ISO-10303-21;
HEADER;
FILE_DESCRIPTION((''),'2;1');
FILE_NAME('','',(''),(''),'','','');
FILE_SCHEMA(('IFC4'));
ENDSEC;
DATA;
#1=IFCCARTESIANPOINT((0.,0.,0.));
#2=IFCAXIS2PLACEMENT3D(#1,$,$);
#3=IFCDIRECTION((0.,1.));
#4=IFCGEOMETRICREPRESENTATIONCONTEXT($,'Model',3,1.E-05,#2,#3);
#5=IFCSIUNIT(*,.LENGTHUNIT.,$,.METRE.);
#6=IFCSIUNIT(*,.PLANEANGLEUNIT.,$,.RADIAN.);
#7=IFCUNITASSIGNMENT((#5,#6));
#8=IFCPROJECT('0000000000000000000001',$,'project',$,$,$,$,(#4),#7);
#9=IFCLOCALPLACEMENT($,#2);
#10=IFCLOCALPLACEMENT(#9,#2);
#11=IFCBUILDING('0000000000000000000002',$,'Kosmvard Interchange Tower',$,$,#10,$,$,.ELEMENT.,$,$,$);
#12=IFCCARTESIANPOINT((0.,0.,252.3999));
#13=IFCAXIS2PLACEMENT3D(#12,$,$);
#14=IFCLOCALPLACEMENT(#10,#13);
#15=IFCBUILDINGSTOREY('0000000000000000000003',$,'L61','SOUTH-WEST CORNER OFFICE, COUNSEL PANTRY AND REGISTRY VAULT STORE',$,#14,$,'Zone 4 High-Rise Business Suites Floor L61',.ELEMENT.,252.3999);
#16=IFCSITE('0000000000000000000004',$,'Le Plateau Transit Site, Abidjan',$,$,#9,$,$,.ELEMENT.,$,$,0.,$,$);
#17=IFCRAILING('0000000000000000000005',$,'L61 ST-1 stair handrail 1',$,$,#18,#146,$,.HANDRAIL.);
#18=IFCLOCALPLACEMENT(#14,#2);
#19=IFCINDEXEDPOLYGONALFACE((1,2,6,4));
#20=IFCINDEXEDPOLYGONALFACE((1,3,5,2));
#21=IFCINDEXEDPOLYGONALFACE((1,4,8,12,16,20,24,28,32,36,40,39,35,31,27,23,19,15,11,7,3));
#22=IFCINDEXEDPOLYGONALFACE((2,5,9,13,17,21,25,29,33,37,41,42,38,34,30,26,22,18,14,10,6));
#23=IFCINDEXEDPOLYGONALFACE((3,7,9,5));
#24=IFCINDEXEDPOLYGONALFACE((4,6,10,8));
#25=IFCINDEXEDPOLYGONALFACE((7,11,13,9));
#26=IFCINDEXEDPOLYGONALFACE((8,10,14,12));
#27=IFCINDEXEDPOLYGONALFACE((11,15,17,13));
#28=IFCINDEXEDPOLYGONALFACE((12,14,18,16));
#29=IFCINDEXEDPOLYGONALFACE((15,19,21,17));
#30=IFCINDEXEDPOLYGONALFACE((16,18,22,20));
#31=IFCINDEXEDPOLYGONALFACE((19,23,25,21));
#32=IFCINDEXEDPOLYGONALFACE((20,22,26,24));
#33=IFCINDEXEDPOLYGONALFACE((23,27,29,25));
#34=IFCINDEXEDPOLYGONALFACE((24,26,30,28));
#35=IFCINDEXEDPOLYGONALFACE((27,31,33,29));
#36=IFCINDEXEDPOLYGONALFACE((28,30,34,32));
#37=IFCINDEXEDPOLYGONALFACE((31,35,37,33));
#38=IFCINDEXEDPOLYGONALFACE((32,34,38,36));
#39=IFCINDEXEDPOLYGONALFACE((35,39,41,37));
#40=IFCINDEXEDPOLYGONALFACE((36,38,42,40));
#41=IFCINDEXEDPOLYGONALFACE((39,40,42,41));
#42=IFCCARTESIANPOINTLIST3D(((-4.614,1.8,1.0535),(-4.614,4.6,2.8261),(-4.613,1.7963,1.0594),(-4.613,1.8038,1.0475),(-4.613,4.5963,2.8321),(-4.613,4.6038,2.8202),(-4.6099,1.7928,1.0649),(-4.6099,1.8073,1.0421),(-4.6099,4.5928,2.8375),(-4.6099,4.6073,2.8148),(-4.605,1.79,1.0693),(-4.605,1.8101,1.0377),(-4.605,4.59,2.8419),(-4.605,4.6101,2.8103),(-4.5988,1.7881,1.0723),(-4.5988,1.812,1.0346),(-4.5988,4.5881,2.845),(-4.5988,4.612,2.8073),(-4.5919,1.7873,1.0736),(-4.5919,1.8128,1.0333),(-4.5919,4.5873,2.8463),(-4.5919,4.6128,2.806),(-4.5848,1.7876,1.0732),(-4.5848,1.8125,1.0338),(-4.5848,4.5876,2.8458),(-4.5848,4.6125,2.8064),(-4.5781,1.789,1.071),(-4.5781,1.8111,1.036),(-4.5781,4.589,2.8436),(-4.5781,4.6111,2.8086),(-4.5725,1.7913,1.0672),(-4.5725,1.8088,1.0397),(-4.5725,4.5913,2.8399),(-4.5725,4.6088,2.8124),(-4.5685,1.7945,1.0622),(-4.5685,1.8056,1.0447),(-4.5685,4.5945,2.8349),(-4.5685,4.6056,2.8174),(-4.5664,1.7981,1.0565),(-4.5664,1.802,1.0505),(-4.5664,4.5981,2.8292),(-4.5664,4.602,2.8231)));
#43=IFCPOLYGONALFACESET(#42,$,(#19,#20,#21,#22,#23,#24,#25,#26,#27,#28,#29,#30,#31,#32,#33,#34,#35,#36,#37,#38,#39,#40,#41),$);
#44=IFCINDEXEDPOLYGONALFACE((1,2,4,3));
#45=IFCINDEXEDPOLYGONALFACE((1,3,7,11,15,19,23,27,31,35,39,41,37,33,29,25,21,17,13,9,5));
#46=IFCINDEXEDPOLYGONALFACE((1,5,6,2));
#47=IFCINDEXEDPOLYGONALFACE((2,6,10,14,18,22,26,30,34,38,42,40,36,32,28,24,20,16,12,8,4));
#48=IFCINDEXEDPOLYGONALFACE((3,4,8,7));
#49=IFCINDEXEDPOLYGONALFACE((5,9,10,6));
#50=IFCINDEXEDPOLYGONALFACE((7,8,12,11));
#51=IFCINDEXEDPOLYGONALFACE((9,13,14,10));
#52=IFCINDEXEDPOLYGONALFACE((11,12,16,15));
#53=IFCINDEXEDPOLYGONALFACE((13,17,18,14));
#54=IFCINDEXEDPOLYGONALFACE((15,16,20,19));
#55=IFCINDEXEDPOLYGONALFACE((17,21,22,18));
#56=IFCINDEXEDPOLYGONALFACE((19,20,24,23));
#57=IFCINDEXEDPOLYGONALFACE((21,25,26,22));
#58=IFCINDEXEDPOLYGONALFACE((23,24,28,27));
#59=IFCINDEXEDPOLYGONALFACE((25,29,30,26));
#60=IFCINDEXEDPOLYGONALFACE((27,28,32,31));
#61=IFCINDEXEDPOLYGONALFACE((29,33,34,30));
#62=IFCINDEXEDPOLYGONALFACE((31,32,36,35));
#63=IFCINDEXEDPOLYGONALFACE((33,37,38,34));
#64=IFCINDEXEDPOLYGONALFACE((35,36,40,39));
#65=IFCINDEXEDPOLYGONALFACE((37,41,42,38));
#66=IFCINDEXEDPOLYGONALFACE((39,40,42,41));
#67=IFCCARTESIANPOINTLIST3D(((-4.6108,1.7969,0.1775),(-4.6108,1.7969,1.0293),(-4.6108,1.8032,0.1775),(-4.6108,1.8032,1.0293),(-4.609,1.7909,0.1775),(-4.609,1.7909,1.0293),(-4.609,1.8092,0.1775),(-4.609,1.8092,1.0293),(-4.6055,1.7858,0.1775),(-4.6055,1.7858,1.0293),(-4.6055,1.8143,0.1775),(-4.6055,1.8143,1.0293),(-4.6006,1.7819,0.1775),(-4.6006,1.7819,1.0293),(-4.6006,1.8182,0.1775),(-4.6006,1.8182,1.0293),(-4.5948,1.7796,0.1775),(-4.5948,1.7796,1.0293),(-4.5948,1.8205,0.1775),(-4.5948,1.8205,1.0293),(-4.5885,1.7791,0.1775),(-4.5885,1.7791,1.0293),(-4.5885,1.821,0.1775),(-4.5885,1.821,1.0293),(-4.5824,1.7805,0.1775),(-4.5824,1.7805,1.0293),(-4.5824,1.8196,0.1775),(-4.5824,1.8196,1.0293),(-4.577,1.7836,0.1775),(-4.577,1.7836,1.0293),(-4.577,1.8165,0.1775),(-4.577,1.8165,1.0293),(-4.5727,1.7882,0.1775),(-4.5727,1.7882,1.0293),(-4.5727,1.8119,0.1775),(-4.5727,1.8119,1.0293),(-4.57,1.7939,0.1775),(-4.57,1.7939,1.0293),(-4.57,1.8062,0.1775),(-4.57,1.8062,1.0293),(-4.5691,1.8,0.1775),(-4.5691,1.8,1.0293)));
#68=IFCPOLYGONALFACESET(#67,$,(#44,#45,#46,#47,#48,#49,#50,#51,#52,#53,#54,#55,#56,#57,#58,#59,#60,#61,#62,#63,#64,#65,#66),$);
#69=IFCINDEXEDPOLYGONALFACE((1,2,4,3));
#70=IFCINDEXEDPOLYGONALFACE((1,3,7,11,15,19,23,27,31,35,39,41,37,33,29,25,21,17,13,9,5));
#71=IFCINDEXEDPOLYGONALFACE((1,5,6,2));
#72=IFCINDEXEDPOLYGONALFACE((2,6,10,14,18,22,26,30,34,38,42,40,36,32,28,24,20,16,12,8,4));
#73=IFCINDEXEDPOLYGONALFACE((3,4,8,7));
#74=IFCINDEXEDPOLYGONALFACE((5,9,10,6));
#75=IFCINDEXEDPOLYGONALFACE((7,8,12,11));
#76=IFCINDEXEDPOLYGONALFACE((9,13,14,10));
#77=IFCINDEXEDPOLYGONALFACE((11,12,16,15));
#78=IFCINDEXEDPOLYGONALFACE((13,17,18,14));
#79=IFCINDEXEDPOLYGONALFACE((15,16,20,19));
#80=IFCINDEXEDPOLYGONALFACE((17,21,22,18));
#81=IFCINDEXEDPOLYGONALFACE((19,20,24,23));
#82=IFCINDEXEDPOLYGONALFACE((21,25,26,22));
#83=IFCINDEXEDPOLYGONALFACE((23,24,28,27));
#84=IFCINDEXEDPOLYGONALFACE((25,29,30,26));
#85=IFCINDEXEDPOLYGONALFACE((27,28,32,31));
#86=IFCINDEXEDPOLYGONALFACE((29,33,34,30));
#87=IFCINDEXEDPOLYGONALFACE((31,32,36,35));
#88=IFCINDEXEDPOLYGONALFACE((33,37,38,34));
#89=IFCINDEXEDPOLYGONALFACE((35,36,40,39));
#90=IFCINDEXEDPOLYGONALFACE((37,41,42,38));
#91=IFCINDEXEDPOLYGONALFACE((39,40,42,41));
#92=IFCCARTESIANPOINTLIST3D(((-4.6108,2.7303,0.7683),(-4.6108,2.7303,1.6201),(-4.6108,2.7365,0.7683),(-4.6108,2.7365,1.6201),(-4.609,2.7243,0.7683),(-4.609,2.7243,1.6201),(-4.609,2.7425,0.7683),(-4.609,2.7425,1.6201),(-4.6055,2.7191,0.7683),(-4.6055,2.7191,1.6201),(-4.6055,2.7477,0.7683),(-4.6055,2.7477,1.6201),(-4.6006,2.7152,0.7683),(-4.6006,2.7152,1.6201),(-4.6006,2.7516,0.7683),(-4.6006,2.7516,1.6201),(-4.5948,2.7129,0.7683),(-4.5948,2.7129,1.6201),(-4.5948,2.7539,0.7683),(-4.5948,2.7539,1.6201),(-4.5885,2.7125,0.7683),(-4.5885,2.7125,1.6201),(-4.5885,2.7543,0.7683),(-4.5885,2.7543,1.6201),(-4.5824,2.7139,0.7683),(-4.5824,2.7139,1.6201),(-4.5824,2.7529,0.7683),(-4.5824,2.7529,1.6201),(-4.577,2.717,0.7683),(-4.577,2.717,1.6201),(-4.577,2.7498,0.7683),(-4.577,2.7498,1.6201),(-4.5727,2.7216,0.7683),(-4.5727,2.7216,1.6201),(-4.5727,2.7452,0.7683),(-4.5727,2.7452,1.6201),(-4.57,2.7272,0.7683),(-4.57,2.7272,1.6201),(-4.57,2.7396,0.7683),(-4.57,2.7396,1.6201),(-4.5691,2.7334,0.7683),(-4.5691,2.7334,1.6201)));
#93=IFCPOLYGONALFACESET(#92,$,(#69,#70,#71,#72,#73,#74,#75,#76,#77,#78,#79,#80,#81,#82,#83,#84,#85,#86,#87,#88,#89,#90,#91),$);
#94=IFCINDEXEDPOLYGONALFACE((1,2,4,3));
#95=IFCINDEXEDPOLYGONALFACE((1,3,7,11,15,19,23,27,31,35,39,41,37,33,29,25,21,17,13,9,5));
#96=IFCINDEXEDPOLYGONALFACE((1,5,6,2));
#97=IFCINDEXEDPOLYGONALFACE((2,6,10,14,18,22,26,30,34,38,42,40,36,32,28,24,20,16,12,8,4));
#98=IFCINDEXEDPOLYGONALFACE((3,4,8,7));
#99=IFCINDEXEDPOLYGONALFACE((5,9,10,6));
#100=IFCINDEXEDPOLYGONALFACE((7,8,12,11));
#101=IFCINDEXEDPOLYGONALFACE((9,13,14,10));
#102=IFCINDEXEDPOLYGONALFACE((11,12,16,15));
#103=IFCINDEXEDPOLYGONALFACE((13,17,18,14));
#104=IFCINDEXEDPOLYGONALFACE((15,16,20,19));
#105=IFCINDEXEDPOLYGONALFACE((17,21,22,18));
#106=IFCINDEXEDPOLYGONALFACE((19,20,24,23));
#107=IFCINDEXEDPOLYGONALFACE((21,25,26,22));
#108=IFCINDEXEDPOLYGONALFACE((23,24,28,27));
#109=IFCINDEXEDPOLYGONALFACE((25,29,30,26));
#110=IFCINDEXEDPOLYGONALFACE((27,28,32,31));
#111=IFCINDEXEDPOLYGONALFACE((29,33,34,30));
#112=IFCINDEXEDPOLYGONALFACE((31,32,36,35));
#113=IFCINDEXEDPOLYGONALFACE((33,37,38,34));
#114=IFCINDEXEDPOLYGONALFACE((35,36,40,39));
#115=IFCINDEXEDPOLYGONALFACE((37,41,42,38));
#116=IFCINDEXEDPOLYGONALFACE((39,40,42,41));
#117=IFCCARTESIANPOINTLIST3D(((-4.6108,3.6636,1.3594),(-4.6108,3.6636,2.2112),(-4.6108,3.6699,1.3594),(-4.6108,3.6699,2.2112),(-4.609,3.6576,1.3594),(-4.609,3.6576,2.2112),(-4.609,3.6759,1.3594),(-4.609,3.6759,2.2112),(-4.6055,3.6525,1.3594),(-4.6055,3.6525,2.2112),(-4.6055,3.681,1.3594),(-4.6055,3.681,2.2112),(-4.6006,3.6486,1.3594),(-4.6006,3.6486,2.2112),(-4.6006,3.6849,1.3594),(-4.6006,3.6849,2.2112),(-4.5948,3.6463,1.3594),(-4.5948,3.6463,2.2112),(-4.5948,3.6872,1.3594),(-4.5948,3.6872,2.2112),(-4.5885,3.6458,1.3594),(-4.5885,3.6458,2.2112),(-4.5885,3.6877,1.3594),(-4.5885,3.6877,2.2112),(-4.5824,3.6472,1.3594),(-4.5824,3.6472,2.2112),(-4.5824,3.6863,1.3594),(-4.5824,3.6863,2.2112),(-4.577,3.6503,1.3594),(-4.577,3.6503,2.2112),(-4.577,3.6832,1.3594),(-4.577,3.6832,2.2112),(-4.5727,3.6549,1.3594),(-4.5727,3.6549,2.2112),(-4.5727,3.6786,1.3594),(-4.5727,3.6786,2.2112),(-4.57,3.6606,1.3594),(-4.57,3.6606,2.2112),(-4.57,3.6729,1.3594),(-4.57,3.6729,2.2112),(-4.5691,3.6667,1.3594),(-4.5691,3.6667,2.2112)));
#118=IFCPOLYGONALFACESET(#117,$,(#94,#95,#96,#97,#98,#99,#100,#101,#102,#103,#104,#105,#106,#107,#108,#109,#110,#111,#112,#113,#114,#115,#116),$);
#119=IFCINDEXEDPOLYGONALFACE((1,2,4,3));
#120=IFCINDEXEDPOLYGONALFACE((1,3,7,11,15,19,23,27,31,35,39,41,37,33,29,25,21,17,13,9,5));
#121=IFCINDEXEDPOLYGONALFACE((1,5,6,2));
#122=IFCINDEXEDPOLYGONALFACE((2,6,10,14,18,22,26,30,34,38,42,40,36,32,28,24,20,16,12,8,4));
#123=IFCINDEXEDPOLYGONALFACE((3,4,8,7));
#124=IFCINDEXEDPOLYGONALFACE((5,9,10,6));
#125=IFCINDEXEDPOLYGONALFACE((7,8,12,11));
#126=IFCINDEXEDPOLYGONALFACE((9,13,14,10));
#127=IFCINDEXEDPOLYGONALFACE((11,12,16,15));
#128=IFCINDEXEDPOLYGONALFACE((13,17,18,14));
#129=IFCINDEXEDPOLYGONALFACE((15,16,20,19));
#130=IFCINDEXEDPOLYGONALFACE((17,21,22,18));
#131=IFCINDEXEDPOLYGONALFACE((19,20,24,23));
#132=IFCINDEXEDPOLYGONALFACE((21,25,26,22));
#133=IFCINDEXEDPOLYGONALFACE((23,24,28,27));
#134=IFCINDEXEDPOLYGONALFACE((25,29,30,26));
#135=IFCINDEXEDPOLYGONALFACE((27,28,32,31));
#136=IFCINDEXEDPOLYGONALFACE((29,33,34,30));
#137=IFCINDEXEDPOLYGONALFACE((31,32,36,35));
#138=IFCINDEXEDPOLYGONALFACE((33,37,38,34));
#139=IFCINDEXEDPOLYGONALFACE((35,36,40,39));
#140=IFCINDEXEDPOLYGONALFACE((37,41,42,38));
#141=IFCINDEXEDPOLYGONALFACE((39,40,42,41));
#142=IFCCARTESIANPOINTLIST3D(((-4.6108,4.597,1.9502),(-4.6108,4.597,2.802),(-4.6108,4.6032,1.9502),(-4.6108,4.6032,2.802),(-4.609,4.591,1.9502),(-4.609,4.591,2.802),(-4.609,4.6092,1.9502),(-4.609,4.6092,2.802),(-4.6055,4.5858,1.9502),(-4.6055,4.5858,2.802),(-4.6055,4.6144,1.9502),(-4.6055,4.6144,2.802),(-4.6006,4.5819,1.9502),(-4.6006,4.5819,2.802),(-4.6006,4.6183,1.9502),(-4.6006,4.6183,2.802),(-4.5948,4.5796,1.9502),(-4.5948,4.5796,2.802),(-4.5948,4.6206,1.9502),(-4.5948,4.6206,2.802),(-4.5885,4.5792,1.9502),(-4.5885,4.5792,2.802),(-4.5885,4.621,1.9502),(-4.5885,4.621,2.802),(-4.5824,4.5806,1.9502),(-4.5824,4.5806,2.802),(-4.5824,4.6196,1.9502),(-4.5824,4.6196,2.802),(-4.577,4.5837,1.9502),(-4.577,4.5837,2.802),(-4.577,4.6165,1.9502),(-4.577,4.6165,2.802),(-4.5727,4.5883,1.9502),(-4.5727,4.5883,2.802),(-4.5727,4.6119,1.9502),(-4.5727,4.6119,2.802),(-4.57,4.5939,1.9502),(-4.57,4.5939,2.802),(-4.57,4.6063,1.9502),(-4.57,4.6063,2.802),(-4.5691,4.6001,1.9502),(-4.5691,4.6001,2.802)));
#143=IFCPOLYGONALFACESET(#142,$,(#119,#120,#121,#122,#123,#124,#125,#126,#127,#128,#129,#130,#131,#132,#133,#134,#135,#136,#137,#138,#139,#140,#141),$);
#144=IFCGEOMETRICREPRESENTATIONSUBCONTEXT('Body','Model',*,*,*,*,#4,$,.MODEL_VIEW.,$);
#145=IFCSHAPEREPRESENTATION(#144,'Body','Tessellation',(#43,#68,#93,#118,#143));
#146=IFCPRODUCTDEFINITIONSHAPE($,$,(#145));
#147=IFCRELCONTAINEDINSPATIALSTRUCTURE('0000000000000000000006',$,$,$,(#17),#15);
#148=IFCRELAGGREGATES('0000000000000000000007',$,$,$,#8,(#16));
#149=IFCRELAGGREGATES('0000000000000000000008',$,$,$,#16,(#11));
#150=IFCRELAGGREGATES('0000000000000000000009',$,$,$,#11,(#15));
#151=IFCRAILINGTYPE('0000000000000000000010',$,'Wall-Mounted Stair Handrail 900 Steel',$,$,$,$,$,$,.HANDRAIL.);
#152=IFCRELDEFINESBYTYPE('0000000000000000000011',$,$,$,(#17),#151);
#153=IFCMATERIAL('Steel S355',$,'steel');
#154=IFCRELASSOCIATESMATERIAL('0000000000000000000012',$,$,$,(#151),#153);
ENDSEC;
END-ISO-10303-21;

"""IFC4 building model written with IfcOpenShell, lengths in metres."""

from ifc_helpers import new_model, si_unit, direction, frame, origin, origin_2d, place, context, subcontext, project, spatial, circle, extrude, source, transform, mapped, material, type_object, element, save


model = new_model("IFC4")

# Units and contexts
model_context = context("Model", 3, precision=1e-05, world=origin(), true_north=direction((0.0, 1.0)))
body_context = subcontext(model_context, "Body", "Model", "MODEL_VIEW")
ifc_project = project(units=[si_unit("LENGTHUNIT", "METRE"), si_unit("PLANEANGLEUNIT", "RADIAN")], contexts=[model_context])

# Site, building, storey
site_placement = place(None, origin())
site = spatial("IfcSite", under=ifc_project, at=site_placement, Name="Le Plateau Transit Site, Abidjan", CompositionType="ELEMENT", RefElevation=0.0)
building_placement = place(site_placement, origin())
building = spatial("IfcBuilding", under=site, at=building_placement, Name="Kosmvard Interchange Tower", CompositionType="ELEMENT")
storey_placement = place(building_placement, frame((0.0, 0.0, 252.3999)))
storey = spatial("IfcBuildingStorey", under=building, at=storey_placement, Name="L61", Description="SOUTH-WEST CORNER OFFICE, COUNSEL PANTRY AND REGISTRY VAULT STORE", LongName="Zone 4 High-Rise Business Suites Floor L61", CompositionType="ELEMENT", Elevation=252.3999)

# Railing
ifc_material_1 = material(Name="Steel S355", Category="steel")
railing_type_1 = type_object("IfcRailingType", Name="Wall-Mounted Stair Handrail 900 Steel", PredefinedType="HANDRAIL", material=ifc_material_1)
shared_shape_1 = source(origin(), body_context, "Body", "SweptSolid", [
    extrude(circle(Radius=0.0239, at=origin_2d()), frame((0.0, 0.0, 0.876), z_axis=(0.0, 0.844909, 0.53491), x_axis=(-1.0, 0.0, 0.0)), (0.0, 0.0, 1.0), 3.314),
    extrude(circle(Radius=0.021, at=origin_2d()), origin(), (0.0, 0.0, 1.0), 0.8518),
    extrude(circle(Radius=0.021, at=origin_2d()), frame((0.0, 0.9333, 0.5908)), (0.0, 0.0, 1.0), 0.8518),
    extrude(circle(Radius=0.021, at=origin_2d()), frame((0.0, 1.8667, 1.1819)), (0.0, 0.0, 1.0), 0.8518),
    extrude(circle(Radius=0.021, at=origin_2d()), frame((0.0, 2.8, 1.7727)), (0.0, 0.0, 1.0), 0.8518),
])
railing_1_placement = place(storey_placement, frame((-4.5901, 1.8, 0.1775)))
element("IfcRailing", 1, at=railing_1_placement, inside=storey, type_object=railing_type_1, Name="L61 ST-1 stair handrail 1", PredefinedType="HANDRAIL", context=body_context, shape_type="MappedRepresentation", body=[
    mapped(shared_shape_1, transform((0.0, 0.0, 0.0), scale=1.0)),
])

save(model, "model.ifc")
